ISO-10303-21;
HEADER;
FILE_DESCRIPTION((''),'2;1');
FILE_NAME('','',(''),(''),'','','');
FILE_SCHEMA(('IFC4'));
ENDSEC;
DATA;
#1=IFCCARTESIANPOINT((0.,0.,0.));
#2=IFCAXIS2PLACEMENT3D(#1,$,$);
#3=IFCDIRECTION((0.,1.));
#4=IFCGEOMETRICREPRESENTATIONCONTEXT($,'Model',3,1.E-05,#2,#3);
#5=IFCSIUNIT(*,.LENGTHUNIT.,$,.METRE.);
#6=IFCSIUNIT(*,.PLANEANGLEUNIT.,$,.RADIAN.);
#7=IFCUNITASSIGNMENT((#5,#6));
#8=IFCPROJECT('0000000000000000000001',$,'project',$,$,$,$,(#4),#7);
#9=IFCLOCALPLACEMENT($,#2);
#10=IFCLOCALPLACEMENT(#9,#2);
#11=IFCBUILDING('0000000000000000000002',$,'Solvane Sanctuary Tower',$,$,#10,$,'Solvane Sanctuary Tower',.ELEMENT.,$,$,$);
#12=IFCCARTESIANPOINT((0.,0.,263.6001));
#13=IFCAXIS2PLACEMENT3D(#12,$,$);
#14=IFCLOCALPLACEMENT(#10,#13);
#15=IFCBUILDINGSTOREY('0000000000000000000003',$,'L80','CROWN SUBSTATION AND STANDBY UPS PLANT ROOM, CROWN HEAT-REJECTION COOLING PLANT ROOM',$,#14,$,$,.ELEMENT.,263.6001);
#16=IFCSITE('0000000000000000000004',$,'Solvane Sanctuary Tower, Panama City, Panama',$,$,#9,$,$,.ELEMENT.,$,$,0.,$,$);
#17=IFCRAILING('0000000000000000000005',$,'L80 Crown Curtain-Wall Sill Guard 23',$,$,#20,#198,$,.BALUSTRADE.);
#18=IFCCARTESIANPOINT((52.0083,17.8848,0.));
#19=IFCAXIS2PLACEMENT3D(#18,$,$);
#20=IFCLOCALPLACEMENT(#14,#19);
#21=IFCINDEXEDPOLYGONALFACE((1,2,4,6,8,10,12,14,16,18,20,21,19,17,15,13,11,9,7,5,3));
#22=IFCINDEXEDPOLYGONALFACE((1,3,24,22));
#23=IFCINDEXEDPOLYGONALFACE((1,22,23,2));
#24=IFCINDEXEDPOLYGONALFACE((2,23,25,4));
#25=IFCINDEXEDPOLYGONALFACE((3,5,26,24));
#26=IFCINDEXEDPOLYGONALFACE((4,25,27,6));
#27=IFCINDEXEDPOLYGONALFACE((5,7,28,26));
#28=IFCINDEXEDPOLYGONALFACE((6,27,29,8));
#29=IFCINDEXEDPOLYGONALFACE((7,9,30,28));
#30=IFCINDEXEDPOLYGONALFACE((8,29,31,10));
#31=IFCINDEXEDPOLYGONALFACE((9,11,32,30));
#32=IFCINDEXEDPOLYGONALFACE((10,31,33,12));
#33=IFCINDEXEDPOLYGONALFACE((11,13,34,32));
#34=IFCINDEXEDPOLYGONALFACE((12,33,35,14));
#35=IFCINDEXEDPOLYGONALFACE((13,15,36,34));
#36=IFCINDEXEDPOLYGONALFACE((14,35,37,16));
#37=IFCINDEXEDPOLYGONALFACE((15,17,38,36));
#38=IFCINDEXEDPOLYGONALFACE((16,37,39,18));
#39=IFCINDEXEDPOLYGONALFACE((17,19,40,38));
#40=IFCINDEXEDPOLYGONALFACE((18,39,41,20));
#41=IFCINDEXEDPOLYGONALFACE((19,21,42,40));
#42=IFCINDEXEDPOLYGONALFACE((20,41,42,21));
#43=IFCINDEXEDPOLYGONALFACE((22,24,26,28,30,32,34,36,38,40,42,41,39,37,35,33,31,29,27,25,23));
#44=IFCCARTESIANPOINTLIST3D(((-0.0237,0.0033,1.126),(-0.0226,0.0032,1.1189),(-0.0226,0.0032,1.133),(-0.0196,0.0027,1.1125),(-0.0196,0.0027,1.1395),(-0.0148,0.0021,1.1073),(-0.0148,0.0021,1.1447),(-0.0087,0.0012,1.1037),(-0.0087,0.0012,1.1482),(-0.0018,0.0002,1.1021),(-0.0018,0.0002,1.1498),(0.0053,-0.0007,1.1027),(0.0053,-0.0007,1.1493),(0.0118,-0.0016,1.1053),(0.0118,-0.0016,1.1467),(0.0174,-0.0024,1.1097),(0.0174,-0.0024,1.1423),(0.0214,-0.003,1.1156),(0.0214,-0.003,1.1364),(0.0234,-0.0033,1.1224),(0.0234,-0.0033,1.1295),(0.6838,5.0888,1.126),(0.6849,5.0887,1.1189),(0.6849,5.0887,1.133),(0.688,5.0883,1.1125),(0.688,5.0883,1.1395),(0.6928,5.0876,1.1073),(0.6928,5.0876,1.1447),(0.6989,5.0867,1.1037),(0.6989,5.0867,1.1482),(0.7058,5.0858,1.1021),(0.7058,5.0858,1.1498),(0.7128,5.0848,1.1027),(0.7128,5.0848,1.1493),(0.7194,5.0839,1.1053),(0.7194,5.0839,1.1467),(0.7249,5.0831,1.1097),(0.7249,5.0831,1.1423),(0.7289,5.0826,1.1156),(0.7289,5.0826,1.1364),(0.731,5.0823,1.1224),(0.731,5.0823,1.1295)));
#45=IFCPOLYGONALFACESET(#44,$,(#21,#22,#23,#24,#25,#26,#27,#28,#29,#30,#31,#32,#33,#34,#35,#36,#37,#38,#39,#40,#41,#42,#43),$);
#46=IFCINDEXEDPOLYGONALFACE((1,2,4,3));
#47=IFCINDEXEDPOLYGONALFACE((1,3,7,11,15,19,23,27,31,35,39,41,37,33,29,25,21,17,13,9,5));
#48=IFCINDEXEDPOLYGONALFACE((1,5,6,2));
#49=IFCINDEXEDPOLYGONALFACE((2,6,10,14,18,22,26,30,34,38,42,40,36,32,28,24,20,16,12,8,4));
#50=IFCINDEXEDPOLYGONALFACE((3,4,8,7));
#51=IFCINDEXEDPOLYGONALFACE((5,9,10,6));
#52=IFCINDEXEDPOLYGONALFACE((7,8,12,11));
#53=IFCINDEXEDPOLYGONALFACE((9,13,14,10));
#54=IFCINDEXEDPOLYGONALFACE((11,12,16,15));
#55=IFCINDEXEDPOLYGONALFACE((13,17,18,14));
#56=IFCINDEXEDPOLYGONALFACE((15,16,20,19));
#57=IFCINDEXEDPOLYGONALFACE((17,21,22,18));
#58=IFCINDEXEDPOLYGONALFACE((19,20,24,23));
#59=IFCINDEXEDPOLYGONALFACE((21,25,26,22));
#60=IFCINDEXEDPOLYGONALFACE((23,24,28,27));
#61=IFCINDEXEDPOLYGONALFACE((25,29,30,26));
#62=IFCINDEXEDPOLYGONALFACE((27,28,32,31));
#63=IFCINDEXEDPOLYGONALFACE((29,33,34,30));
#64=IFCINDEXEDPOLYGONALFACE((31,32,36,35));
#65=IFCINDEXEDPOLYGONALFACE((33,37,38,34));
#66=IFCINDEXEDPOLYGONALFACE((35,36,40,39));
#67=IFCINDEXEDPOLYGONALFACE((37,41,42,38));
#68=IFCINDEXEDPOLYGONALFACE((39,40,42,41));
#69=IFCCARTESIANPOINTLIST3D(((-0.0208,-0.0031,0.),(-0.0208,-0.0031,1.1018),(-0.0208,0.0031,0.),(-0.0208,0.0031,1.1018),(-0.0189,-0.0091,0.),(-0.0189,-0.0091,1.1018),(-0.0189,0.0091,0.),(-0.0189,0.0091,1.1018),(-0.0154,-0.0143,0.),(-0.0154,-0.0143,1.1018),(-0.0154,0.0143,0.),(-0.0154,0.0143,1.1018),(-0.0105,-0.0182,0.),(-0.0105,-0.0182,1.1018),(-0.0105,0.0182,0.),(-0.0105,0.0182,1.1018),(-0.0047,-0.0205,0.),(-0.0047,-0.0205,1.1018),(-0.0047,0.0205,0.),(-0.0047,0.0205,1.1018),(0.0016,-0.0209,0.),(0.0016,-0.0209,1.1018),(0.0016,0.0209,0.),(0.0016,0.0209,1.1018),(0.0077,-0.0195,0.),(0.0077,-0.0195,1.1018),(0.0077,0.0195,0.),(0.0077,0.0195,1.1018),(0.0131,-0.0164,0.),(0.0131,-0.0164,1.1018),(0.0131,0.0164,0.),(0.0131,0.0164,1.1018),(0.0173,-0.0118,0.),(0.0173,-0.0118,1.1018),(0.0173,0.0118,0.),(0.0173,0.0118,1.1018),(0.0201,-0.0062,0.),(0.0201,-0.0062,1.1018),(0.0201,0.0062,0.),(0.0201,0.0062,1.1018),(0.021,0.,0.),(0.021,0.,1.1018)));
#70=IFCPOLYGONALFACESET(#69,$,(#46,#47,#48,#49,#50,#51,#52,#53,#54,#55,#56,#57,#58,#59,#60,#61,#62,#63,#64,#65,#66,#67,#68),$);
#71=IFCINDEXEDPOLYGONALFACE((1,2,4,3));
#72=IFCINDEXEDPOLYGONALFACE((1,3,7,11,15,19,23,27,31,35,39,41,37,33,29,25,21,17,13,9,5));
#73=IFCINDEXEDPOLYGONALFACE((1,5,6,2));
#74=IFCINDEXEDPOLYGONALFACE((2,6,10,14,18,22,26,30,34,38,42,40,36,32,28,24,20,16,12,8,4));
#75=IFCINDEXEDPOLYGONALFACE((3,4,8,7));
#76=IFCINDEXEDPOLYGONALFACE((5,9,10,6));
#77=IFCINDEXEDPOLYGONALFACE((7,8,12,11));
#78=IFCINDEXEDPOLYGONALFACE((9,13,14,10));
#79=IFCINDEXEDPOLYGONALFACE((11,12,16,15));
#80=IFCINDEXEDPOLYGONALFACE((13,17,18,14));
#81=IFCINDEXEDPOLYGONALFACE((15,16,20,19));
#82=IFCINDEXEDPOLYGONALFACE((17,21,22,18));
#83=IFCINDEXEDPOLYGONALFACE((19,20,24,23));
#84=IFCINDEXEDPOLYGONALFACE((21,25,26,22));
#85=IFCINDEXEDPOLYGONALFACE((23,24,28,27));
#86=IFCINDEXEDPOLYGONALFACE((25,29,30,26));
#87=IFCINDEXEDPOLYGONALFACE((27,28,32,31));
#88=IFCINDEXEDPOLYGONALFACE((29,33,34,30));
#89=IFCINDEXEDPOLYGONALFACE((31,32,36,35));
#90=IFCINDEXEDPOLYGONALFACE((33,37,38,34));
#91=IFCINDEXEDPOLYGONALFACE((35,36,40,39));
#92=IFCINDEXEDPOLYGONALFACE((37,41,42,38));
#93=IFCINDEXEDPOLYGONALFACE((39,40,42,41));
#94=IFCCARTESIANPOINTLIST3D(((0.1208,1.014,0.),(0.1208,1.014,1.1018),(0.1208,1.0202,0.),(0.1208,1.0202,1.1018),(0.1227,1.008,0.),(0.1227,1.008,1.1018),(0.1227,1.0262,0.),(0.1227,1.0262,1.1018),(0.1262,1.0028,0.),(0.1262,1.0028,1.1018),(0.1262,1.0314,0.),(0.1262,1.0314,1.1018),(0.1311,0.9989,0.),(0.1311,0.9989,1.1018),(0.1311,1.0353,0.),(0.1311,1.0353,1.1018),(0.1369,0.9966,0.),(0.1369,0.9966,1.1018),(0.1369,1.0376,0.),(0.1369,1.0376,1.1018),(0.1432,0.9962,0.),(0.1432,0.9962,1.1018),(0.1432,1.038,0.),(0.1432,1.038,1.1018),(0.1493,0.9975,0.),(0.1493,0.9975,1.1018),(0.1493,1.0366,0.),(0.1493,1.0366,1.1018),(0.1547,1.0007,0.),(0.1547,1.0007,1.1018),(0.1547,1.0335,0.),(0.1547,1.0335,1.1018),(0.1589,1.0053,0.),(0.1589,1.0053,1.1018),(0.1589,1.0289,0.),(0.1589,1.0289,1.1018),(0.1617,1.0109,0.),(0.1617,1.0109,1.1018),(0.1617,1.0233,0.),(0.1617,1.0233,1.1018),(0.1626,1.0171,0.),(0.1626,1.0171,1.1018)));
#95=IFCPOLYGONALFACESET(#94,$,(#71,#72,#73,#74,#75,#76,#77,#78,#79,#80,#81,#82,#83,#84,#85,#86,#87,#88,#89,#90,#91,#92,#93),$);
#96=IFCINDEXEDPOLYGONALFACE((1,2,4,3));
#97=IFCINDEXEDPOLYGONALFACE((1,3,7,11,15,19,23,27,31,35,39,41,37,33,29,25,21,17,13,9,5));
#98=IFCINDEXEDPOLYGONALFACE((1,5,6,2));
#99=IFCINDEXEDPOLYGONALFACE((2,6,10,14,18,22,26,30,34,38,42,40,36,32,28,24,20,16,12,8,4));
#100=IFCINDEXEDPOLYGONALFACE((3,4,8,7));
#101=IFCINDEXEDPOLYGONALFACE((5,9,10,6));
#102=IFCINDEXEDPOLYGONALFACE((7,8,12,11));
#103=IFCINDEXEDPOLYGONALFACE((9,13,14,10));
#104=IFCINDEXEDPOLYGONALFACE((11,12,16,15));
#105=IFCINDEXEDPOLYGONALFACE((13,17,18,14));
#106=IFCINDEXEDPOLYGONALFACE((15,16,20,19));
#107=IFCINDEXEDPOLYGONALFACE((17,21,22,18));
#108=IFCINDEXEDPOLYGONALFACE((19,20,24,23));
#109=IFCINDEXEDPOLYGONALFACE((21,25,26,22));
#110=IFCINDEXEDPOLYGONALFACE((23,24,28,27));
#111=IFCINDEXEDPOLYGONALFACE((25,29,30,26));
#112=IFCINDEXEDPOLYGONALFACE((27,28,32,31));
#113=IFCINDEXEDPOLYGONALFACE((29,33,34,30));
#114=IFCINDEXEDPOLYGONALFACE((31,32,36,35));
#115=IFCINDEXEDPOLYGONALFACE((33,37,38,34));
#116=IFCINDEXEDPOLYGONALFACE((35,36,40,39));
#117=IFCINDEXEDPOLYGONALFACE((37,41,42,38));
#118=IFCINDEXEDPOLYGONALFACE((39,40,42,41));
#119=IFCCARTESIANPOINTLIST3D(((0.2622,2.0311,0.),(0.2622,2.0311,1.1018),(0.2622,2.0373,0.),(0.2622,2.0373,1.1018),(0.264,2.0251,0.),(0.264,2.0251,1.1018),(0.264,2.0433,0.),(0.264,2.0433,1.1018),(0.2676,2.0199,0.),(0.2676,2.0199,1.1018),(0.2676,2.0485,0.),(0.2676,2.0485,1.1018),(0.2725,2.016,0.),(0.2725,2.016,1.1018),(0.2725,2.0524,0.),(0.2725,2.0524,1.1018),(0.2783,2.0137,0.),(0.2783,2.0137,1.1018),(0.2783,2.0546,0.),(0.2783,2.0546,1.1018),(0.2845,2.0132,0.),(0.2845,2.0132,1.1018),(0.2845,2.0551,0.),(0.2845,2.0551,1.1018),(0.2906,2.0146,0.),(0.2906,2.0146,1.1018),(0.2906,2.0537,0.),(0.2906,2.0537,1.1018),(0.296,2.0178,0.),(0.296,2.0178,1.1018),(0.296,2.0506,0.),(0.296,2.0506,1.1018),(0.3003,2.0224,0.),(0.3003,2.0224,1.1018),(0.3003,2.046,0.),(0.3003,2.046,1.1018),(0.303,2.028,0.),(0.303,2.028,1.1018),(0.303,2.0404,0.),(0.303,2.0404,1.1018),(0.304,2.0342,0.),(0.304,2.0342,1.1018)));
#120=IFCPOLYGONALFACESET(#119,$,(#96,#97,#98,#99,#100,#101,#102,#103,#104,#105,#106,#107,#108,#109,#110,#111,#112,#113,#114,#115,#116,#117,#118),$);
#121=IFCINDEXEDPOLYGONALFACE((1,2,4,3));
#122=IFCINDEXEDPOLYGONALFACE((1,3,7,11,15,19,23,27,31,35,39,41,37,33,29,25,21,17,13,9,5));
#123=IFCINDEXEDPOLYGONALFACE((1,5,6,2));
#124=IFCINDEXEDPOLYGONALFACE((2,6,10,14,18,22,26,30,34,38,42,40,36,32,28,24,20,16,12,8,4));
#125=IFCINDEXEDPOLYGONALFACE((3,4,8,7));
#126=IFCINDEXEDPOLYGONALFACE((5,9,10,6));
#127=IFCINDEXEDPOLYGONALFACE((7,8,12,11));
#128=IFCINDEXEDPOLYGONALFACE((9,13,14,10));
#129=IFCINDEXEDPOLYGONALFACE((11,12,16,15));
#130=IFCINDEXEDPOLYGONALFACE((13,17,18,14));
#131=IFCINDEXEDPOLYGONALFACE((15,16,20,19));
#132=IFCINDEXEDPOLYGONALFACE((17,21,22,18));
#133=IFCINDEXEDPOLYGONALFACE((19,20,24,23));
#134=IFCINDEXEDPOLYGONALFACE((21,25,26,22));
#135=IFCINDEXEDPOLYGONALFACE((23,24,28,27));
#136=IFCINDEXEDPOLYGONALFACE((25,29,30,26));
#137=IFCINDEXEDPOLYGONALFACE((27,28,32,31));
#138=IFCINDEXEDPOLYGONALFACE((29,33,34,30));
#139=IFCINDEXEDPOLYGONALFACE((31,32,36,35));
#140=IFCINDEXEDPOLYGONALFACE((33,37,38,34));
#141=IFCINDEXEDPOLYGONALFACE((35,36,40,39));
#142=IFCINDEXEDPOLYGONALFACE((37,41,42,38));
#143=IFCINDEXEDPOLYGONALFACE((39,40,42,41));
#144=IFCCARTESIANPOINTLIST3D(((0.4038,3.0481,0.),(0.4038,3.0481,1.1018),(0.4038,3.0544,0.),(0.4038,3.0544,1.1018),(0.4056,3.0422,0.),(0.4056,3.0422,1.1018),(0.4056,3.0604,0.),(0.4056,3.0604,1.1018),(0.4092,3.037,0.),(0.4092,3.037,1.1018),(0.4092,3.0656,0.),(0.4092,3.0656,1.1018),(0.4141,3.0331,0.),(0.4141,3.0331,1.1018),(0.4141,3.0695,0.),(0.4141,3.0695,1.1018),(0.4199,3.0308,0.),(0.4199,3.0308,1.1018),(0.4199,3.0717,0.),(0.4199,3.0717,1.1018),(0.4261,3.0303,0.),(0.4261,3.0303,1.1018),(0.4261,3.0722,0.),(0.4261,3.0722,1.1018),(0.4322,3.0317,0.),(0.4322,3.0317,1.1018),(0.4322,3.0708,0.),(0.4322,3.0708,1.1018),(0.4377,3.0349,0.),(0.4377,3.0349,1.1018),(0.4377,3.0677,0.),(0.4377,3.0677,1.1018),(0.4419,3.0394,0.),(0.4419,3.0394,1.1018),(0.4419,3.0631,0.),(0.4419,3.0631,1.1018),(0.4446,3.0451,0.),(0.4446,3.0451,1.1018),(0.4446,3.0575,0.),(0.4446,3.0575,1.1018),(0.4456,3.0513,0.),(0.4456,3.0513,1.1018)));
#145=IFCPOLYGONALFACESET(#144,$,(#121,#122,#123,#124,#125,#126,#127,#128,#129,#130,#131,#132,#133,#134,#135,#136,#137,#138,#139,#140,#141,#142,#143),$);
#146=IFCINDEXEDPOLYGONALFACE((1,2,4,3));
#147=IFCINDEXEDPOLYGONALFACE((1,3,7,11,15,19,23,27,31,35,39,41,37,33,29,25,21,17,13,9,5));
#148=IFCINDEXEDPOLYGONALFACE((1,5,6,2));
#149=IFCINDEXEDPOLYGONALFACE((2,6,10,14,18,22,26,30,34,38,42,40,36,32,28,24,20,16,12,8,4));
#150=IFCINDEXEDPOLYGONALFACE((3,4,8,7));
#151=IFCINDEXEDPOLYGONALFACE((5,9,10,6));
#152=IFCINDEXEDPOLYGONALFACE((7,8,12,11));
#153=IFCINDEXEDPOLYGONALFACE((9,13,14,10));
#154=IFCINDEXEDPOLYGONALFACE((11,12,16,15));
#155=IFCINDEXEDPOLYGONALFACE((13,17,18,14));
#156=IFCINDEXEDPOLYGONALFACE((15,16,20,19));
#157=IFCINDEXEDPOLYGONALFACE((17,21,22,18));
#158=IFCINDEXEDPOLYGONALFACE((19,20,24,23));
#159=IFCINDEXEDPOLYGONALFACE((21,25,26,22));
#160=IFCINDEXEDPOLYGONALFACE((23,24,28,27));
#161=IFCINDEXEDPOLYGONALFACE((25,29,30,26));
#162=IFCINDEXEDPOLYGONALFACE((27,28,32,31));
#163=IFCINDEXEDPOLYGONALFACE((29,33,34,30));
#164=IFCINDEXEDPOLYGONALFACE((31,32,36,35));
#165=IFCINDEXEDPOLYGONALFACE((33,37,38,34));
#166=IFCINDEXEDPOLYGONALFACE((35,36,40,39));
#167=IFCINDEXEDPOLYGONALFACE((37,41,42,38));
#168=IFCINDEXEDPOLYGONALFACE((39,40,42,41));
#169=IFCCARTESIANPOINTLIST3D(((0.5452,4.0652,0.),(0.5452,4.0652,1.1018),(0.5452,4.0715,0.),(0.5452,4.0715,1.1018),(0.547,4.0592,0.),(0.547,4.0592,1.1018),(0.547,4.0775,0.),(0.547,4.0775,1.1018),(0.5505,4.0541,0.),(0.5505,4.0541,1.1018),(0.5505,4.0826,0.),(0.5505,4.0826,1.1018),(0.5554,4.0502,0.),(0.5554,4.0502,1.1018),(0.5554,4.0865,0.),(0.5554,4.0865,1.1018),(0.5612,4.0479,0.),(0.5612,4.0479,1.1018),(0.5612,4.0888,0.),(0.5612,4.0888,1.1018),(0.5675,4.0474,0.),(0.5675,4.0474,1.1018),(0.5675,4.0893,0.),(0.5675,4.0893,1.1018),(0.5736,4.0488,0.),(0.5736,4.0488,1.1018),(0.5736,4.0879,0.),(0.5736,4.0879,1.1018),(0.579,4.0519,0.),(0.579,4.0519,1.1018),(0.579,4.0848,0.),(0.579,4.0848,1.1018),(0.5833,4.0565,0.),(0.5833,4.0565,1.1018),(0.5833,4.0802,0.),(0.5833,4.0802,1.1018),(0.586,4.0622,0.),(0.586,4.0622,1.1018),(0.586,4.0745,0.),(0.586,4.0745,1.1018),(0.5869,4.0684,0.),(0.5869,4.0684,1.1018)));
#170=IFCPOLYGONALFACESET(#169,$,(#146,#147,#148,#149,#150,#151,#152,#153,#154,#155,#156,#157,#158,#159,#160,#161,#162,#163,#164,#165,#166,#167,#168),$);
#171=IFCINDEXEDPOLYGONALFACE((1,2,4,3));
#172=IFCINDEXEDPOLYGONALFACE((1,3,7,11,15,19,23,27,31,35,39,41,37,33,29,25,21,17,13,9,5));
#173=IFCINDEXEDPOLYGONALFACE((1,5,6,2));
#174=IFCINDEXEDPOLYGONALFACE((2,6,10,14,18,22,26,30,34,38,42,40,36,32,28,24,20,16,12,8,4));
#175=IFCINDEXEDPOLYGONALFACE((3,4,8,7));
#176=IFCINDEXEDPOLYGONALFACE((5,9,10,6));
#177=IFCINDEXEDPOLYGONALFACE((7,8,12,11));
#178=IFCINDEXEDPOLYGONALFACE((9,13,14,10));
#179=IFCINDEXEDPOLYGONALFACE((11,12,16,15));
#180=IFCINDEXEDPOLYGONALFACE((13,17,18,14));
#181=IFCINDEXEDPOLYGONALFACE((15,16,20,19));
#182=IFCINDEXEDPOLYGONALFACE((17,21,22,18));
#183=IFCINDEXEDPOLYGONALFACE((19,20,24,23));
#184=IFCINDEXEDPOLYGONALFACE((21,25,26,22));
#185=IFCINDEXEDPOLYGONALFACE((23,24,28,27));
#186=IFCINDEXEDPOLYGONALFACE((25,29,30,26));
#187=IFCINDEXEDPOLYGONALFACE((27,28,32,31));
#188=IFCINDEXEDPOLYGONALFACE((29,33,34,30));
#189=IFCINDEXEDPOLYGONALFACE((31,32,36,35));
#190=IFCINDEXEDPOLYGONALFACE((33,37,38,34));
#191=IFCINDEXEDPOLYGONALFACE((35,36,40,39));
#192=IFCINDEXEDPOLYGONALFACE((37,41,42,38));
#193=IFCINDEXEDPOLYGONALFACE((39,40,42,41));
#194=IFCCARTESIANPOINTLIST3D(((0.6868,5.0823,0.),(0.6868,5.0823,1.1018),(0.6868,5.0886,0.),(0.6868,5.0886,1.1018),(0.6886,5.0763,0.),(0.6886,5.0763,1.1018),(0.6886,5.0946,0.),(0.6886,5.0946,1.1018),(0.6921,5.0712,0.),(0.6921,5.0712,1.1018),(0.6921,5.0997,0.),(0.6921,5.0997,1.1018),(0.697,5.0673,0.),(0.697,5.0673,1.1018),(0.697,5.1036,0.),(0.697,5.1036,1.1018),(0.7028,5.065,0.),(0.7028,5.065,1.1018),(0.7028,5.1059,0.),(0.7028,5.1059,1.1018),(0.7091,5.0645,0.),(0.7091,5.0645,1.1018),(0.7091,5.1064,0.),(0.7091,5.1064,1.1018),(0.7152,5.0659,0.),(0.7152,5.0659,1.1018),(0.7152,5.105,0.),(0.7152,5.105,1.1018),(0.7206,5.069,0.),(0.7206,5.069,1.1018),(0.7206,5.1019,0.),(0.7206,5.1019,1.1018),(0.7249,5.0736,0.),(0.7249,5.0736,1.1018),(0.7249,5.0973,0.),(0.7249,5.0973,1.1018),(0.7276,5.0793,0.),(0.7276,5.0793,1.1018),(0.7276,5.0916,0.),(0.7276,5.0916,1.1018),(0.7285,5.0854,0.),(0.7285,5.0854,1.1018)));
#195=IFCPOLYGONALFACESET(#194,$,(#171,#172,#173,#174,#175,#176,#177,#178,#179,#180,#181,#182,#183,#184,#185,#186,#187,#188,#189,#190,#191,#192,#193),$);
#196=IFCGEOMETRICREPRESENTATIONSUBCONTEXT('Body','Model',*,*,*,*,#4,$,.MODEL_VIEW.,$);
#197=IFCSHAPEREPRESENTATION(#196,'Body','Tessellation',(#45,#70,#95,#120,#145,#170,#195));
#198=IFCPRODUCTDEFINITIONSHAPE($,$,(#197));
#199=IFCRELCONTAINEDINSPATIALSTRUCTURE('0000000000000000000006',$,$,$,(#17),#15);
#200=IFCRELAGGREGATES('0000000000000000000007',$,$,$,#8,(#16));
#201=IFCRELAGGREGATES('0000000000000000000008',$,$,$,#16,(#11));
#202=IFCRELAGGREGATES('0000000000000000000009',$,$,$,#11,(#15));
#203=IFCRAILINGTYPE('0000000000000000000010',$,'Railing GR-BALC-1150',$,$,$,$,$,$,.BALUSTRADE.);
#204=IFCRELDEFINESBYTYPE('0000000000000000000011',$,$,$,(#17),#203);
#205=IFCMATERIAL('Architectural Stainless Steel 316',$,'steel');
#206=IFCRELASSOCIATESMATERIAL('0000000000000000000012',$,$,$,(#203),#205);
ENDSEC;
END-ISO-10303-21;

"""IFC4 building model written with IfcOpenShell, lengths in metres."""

from ifc_helpers import new_model, si_unit, direction, frame, origin, origin_2d, place, context, subcontext, project, spatial, circle, extrude, material, type_object, element, save


model = new_model("IFC4")

# Units and contexts
model_context = context("Model", 3, precision=1e-05, world=origin(), true_north=direction((0.0, 1.0)))
body_context = subcontext(model_context, "Body", "Model", "MODEL_VIEW")
ifc_project = project(units=[si_unit("LENGTHUNIT", "METRE"), si_unit("PLANEANGLEUNIT", "RADIAN")], contexts=[model_context])

# Site, building, storey
site_placement = place(None, origin())
site = spatial("IfcSite", under=ifc_project, at=site_placement, Name="Solvane Sanctuary Tower, Panama City, Panama", CompositionType="ELEMENT", RefElevation=0.0)
building_placement = place(site_placement, origin())
building = spatial("IfcBuilding", under=site, at=building_placement, Name="Solvane Sanctuary Tower", LongName="Solvane Sanctuary Tower", CompositionType="ELEMENT")
storey_placement = place(building_placement, frame((0.0, 0.0, 263.6001)))
storey = spatial("IfcBuildingStorey", under=building, at=storey_placement, Name="L80", Description="CROWN SUBSTATION AND STANDBY UPS PLANT ROOM, CROWN HEAT-REJECTION COOLING PLANT ROOM", CompositionType="ELEMENT", Elevation=263.6001)

# Shared definitions
ifc_material_1 = material(Name="Architectural Stainless Steel 316", Category="steel")

# Railing
railing_type_1 = type_object("IfcRailingType", Name="Railing GR-BALC-1150", PredefinedType="BALUSTRADE", material=ifc_material_1)
railing_1_placement = place(storey_placement, frame((52.0083, 17.8848, 0.0)))
element("IfcRailing", 1, at=railing_1_placement, inside=storey, type_object=railing_type_1, Name="L80 Crown Curtain-Wall Sill Guard 23", PredefinedType="BALUSTRADE", context=body_context, shape_type="SweptSolid", body=[
    extrude(circle(Radius=0.0239, at=origin_2d()), frame((0.0, 0.0, 1.126), z_axis=(0.137799, 0.99046, 0.0), x_axis=(-0.99046, 0.137799, 0.0)), (0.0, 0.0, 1.0), 5.1345),
    extrude(circle(Radius=0.021, at=origin_2d()), origin(), (0.0, 0.0, 1.0), 1.1018),
    extrude(circle(Radius=0.021, at=origin_2d()), frame((0.1416, 1.0171, 0.0)), (0.0, 0.0, 1.0), 1.1018),
    extrude(circle(Radius=0.021, at=origin_2d()), frame((0.283, 2.0342, 0.0)), (0.0, 0.0, 1.0), 1.1018),
    extrude(circle(Radius=0.021, at=origin_2d()), frame((0.4246, 3.0513, 0.0)), (0.0, 0.0, 1.0), 1.1018),
    extrude(circle(Radius=0.021, at=origin_2d()), frame((0.5659, 4.0684, 0.0)), (0.0, 0.0, 1.0), 1.1018),
    extrude(circle(Radius=0.021, at=origin_2d()), frame((0.7075, 5.0854, 0.0)), (0.0, 0.0, 1.0), 1.1018),
])

save(model, "model.ifc")
